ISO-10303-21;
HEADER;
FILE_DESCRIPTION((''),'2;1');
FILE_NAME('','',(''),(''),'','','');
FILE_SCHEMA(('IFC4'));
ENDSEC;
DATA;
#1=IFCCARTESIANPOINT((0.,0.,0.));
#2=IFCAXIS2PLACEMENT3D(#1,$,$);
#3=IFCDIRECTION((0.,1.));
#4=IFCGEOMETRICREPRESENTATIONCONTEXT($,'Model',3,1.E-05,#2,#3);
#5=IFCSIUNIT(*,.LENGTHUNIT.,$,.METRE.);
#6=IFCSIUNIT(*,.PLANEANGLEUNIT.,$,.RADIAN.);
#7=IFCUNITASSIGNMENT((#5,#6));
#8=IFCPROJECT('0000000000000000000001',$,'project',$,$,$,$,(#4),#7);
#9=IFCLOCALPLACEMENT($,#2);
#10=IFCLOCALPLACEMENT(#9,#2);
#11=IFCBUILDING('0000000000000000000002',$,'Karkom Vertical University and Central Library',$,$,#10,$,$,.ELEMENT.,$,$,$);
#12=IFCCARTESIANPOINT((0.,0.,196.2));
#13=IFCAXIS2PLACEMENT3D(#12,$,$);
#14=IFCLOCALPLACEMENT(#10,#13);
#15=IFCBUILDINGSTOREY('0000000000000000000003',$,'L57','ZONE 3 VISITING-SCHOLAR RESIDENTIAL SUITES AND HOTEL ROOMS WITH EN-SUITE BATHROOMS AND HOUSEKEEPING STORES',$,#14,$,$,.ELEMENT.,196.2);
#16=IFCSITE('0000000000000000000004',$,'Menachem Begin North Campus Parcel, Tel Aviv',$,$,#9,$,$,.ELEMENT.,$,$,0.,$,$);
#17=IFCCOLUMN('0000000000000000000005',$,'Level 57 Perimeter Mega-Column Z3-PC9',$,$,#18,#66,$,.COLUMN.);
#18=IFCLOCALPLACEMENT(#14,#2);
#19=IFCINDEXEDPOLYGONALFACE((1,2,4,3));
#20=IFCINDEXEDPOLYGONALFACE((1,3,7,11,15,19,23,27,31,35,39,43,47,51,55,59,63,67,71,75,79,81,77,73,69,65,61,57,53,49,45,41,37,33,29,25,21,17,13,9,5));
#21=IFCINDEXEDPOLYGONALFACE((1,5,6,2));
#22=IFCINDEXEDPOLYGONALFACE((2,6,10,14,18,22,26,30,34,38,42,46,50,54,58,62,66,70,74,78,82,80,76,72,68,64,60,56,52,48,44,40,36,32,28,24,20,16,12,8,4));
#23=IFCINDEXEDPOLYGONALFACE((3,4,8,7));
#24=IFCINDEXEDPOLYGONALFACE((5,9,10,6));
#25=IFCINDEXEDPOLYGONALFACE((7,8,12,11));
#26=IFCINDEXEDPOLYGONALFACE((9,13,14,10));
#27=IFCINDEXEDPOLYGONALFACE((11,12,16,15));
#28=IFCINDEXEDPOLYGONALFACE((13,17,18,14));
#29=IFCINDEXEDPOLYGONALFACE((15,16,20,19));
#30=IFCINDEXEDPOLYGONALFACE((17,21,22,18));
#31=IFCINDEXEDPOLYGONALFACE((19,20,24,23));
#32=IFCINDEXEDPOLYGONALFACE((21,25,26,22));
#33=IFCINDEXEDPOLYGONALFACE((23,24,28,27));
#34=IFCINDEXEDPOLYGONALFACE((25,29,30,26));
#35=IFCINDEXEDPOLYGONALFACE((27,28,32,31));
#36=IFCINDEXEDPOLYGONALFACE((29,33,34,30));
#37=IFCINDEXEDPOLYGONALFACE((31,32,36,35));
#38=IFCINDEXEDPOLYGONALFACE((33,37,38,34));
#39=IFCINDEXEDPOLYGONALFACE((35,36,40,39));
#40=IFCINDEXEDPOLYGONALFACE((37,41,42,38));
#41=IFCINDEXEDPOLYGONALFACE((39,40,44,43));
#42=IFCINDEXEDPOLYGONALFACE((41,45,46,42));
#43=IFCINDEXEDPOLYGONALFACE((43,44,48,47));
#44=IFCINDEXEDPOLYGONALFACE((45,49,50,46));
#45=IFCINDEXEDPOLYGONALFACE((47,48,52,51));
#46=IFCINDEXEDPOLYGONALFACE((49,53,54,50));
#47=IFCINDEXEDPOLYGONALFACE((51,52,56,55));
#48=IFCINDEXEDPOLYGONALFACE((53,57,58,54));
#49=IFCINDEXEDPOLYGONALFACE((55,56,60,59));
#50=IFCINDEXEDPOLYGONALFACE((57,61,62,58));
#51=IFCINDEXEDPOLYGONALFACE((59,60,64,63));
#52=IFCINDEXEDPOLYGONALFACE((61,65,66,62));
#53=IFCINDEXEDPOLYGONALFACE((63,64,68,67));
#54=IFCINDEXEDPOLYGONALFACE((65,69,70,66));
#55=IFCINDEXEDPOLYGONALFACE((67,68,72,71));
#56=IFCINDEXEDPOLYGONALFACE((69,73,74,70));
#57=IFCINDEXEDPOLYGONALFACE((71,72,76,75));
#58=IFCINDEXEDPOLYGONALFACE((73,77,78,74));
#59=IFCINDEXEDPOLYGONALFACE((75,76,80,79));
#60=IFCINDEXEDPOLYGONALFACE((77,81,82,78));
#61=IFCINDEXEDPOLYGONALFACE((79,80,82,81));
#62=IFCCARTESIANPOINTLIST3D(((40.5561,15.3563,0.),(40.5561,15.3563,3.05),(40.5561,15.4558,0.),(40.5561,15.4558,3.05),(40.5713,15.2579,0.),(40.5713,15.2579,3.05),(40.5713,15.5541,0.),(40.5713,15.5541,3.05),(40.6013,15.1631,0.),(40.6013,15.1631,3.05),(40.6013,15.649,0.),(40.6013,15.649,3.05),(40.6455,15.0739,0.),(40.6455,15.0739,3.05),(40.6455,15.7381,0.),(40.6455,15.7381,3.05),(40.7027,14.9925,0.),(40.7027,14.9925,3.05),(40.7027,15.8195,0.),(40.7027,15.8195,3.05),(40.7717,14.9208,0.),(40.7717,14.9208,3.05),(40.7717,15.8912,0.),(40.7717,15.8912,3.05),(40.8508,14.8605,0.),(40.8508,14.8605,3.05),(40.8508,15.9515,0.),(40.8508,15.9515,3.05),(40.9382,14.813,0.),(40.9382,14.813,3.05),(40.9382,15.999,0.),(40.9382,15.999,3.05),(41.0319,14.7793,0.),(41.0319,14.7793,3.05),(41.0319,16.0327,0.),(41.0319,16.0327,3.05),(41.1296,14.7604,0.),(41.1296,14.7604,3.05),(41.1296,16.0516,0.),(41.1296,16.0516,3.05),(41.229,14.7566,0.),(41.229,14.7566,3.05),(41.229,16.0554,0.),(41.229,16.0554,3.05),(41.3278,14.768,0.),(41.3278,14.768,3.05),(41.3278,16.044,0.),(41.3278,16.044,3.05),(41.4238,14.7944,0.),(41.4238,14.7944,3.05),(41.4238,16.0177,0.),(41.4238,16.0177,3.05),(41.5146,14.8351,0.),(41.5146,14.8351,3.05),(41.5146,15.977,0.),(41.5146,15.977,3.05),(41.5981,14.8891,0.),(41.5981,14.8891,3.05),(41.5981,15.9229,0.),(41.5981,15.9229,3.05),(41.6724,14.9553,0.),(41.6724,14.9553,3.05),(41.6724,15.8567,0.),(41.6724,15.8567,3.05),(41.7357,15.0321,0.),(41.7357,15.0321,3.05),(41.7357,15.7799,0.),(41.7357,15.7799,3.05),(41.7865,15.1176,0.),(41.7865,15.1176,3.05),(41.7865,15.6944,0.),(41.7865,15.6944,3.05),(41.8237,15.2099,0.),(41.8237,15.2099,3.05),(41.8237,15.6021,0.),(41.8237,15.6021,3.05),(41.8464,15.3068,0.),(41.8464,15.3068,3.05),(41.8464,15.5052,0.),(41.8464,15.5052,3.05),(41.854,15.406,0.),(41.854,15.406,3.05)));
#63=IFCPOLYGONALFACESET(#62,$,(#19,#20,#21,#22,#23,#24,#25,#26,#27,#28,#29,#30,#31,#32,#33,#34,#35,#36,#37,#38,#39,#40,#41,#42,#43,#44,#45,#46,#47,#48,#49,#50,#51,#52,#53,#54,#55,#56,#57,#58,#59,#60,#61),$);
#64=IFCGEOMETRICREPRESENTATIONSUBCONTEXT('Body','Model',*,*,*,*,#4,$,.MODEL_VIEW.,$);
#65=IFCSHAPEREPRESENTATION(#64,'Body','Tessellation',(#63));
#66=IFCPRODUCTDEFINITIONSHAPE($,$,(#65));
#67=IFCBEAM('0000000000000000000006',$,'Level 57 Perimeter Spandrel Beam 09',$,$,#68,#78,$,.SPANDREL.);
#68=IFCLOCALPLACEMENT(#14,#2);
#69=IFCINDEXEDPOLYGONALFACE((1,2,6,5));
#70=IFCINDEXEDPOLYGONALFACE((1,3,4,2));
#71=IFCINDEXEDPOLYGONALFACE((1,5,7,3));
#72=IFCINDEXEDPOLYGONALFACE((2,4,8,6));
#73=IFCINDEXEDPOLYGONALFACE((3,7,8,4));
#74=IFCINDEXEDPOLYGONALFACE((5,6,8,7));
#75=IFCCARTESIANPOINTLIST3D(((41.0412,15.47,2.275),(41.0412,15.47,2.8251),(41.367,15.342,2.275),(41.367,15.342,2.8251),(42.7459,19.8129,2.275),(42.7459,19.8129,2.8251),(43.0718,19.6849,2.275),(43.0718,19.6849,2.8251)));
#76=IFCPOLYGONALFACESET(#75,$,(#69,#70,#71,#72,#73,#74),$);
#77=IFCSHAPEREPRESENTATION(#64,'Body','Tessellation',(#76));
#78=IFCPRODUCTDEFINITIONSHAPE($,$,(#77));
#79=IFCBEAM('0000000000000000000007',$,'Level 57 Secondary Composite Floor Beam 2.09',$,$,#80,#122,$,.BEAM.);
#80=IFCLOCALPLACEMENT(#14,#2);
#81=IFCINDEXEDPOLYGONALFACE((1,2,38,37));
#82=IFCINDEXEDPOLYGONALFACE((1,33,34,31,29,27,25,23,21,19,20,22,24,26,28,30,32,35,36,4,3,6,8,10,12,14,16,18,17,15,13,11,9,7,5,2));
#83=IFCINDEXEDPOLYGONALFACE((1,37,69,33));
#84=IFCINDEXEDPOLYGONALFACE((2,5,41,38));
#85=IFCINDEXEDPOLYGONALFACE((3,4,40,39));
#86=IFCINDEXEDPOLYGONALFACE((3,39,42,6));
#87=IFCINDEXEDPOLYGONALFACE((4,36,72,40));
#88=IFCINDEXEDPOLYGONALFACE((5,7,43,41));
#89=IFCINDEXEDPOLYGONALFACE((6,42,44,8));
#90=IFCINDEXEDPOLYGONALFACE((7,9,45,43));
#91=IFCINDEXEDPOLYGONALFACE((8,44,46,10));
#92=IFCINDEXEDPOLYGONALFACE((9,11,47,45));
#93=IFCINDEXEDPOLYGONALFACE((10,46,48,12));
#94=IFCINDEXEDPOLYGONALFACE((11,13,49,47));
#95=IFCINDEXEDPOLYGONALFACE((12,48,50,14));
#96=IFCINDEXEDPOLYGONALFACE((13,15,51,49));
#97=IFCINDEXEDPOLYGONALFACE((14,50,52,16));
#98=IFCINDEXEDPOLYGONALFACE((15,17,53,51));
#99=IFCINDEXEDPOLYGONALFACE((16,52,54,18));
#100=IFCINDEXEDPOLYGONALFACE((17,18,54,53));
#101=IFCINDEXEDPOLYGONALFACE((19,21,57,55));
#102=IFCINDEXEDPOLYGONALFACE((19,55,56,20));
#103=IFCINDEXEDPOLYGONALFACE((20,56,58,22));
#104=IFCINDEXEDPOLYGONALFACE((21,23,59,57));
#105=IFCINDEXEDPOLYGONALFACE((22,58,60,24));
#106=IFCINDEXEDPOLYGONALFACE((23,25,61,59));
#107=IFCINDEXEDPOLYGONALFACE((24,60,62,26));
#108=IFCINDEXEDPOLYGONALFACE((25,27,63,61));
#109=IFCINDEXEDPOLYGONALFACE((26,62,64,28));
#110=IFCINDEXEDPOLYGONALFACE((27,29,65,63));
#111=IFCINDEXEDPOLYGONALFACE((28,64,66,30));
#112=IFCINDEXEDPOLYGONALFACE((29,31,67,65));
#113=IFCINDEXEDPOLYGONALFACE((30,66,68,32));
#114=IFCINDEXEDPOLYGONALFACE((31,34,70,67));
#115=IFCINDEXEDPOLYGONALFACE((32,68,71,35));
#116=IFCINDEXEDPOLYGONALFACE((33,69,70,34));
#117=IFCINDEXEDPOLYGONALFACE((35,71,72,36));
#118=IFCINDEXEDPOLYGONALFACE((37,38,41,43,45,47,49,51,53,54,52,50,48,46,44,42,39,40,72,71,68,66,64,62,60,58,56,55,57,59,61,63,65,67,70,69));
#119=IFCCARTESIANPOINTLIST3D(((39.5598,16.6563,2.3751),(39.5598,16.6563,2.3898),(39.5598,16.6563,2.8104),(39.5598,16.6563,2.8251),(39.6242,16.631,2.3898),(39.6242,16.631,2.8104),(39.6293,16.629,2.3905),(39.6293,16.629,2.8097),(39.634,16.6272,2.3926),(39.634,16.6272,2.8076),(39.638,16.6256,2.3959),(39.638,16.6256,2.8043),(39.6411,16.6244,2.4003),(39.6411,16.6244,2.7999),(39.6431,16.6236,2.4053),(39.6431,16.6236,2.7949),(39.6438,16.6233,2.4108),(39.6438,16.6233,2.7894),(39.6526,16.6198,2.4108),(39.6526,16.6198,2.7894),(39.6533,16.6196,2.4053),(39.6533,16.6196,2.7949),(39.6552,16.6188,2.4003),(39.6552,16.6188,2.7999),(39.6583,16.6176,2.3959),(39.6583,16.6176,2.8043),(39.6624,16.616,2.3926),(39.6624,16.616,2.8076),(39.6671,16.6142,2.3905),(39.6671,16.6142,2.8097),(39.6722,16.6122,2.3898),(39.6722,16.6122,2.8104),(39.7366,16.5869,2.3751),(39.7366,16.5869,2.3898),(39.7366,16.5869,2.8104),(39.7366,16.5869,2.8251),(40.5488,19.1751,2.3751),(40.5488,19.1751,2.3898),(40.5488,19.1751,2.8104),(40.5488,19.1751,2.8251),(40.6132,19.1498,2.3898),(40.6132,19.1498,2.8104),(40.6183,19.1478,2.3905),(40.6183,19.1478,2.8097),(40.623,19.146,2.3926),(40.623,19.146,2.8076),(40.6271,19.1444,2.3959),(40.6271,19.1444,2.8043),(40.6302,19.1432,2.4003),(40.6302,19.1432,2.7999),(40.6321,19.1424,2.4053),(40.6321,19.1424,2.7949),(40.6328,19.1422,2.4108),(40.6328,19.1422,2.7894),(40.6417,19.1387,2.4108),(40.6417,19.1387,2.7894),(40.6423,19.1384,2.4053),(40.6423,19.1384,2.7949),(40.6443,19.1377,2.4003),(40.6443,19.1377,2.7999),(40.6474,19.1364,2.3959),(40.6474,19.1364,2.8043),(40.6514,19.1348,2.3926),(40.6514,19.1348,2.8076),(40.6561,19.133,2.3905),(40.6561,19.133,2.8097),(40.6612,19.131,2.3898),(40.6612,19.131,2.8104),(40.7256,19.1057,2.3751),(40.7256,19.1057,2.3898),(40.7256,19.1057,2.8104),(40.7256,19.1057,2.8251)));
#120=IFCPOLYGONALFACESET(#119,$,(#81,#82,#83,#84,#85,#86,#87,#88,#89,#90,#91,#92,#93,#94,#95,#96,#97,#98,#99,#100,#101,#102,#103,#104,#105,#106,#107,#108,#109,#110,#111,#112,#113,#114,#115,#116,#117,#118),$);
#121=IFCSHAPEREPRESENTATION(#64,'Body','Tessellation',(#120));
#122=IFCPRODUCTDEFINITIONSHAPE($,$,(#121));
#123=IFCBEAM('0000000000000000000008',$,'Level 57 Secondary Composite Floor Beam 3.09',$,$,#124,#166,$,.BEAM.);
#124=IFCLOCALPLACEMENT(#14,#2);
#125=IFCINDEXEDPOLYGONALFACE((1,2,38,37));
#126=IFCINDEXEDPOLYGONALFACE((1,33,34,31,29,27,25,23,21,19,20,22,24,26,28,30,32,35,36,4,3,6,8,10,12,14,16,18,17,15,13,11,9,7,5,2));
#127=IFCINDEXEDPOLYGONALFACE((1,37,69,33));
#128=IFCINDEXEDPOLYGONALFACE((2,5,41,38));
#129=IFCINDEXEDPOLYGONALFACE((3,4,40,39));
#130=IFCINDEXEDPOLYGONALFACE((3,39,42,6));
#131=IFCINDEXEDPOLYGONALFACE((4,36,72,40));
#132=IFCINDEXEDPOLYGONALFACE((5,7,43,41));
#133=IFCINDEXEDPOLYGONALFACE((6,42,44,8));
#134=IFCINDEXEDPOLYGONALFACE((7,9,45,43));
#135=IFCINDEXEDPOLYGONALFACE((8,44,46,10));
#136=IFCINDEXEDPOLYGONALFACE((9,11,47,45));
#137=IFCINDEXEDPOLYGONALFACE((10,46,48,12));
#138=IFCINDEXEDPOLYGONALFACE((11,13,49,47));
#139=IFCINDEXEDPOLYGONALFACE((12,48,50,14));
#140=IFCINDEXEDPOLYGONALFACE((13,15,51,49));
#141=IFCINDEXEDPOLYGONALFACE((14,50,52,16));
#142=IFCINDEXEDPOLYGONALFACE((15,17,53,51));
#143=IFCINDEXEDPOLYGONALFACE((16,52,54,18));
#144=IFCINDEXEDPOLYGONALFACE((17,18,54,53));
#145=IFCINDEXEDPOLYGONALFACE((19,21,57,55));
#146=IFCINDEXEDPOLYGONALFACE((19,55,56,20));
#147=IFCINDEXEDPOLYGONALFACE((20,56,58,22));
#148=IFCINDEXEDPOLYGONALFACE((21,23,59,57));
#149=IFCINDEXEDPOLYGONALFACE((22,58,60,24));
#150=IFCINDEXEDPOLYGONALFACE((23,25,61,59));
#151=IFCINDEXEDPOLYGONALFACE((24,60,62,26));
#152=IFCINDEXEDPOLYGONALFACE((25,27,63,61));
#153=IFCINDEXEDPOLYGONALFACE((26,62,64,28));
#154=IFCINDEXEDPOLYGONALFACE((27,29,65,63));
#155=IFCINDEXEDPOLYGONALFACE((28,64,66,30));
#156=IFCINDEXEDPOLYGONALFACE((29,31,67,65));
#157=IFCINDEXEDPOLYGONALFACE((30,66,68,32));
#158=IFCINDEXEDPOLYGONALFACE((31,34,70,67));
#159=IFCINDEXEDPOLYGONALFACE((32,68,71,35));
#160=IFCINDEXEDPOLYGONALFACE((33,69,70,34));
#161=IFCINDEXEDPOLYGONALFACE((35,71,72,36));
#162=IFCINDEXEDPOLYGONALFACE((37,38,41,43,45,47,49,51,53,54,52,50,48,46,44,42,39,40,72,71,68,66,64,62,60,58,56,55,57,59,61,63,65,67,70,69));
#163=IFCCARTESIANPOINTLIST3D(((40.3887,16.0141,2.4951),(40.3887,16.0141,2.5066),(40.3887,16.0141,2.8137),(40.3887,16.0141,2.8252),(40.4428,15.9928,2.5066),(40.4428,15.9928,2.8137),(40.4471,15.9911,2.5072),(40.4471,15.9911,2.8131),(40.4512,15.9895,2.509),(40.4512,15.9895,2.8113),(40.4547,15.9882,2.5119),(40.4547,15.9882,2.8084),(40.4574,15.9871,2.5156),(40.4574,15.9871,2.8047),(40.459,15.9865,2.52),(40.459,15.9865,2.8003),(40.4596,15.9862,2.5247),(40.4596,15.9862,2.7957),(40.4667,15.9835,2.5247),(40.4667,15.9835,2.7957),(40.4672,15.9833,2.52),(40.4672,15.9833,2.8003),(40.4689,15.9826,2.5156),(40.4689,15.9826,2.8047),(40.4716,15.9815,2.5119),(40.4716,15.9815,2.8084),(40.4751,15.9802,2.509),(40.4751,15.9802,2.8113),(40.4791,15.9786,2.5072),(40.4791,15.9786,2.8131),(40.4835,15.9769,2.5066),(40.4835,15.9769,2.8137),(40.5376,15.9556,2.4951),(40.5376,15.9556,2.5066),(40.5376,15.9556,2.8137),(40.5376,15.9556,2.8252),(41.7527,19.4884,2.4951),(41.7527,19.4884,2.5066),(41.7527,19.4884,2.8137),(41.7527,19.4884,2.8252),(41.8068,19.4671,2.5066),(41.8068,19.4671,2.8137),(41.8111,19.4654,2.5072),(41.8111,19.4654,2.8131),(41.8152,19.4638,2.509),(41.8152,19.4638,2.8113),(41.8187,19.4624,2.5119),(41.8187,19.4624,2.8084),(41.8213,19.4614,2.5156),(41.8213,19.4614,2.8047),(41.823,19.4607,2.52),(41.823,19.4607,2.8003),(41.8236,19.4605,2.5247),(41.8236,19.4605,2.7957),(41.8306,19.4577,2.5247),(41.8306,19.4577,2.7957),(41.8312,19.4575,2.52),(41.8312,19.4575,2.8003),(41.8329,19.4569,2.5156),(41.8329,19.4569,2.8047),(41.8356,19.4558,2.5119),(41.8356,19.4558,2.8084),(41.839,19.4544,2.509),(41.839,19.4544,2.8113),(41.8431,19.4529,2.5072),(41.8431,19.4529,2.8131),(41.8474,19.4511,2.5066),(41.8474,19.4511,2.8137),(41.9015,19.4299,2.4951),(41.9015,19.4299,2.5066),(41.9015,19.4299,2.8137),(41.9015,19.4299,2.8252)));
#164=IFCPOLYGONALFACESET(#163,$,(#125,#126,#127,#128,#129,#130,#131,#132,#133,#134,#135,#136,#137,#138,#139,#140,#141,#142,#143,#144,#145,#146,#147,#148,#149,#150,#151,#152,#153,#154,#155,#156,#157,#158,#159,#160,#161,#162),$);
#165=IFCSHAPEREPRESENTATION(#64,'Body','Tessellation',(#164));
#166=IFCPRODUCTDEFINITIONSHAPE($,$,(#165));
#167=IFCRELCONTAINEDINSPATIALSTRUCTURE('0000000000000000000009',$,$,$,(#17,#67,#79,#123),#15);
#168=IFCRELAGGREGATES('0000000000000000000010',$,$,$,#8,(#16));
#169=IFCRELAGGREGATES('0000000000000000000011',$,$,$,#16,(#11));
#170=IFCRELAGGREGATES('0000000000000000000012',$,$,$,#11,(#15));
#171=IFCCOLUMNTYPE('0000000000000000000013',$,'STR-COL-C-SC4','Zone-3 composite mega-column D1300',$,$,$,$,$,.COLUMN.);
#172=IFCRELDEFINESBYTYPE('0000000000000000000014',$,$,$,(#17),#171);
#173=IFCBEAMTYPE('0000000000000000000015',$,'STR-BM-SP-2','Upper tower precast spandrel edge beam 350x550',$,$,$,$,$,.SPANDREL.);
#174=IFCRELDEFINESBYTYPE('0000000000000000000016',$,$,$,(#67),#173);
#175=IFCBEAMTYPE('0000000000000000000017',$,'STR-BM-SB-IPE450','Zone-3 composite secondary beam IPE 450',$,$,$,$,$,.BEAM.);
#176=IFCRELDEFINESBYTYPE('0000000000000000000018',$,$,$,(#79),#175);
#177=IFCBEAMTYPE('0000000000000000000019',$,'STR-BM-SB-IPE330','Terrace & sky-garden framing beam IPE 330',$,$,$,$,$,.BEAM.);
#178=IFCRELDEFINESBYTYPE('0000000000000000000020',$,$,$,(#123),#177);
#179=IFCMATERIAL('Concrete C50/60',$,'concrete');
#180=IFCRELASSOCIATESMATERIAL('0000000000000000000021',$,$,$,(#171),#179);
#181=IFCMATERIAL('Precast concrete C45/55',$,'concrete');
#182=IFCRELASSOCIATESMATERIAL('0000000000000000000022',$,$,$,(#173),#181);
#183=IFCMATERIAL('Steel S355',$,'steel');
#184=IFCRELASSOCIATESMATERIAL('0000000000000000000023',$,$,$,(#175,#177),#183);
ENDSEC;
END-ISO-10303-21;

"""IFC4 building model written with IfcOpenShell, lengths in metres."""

from ifc_helpers import new_model, si_unit, direction, frame, origin, origin_with_axes, origin_2d, place, context, subcontext, project, spatial, rectangle, circle, i_section, extrude, source, transform, mapped, material, material_profile, profile_set, type_object, element, save


model = new_model("IFC4")

# Units and contexts
model_context = context("Model", 3, precision=1e-05, world=origin(), true_north=direction((0.0, 1.0)))
body_context = subcontext(model_context, "Body", "Model", "MODEL_VIEW")
ifc_project = project(units=[si_unit("LENGTHUNIT", "METRE"), si_unit("PLANEANGLEUNIT", "RADIAN")], contexts=[model_context])

# Site, building, storey
site_placement = place(None, origin())
site = spatial("IfcSite", under=ifc_project, at=site_placement, Name="Menachem Begin North Campus Parcel, Tel Aviv", CompositionType="ELEMENT", RefElevation=0.0)
building_placement = place(site_placement, origin())
building = spatial("IfcBuilding", under=site, at=building_placement, Name="Karkom Vertical University and Central Library", CompositionType="ELEMENT")
storey_placement = place(building_placement, frame((0.0, 0.0, 196.2)))
storey = spatial("IfcBuildingStorey", under=building, at=storey_placement, Name="L57", Description="ZONE 3 VISITING-SCHOLAR RESIDENTIAL SUITES AND HOTEL ROOMS WITH EN-SUITE BATHROOMS AND HOUSEKEEPING STORES", CompositionType="ELEMENT", Elevation=196.2)

# Column
ifc_material_1 = material(Name="Concrete C50/60", Category="concrete")
ifc_material_profile_1 = material_profile(ifc_material_1, circle(Radius=0.6499, at=origin_2d()), Name="CFT-D1300")
ifc_profile_set_1 = profile_set([ifc_material_profile_1], Name="Concrete C50/60")
column_type = type_object("IfcColumnType", Name="STR-COL-C-SC4", Description="Zone-3 composite mega-column D1300", PredefinedType="COLUMN", material=ifc_profile_set_1)
shared_shape_1 = source(origin_with_axes(), body_context, "Body", "SweptSolid", [
    extrude(circle(Radius=0.6499, at=origin_2d()), origin(), (0.0, 0.0, 1.0), 3.05),
])
column_placement = place(storey_placement, frame((41.2041, 15.406, 0.0), z_axis=(0.0, 0.0, 1.0), x_axis=(1.0, 0.0, 0.0)))
element("IfcColumn", 1, at=column_placement, inside=storey, type_object=column_type, Name="Level 57 Perimeter Mega-Column Z3-PC9", PredefinedType="COLUMN", context=body_context, shape_type="MappedRepresentation", body=[
    mapped(shared_shape_1, transform((0.0, 0.0, 0.0), scale=1.0)),
])

# Beams
ifc_material_2 = material(Name="Precast concrete C45/55", Category="concrete")
ifc_material_profile_2 = material_profile(ifc_material_2, rectangle(XDim=0.3501, YDim=0.55, at=origin_2d()), Name="SPB-350x550")
ifc_profile_set_2 = profile_set([ifc_material_profile_2], Name="Precast concrete C45/55")
beam_type_1 = type_object("IfcBeamType", Name="STR-BM-SP-2", Description="Upper tower precast spandrel edge beam 350x550", PredefinedType="SPANDREL", material=ifc_profile_set_2)
shared_shape_2 = source(origin_with_axes(), body_context, "Body", "SweptSolid", [
    extrude(rectangle(XDim=0.3501, YDim=0.55, at=origin_2d()), origin(), (0.0, 0.0, 1.0), 4.6655),
])
beam_1_placement = place(storey_placement, frame((41.2041, 15.406, 2.55), z_axis=(0.365401, 0.93085, 0.0), x_axis=(-0.93085, 0.365401, 0.0)))
element("IfcBeam", 2, at=beam_1_placement, inside=storey, type_object=beam_type_1, Name="Level 57 Perimeter Spandrel Beam 09", PredefinedType="SPANDREL", context=body_context, shape_type="MappedRepresentation", body=[
    mapped(shared_shape_2, transform((0.0, 0.0, 0.0), scale=1.0)),
])
ifc_material_3 = material(Name="Steel S355", Category="steel")
ifc_material_profile_3 = material_profile(ifc_material_3, i_section(OverallWidth=0.1899, OverallDepth=0.45, WebThickness=0.0095, FlangeThickness=0.0146, FilletRadius=0.021, at=origin_2d()), Name="IPE 450")
ifc_profile_set_3 = profile_set([ifc_material_profile_3], Name="Steel S355")
beam_type_2 = type_object("IfcBeamType", Name="STR-BM-SB-IPE450", Description="Zone-3 composite secondary beam IPE 450", PredefinedType="BEAM", material=ifc_profile_set_3)
shared_shape_3 = source(origin_with_axes(), body_context, "Body", "SweptSolid", [
    extrude(i_section(OverallWidth=0.1899, OverallDepth=0.45, WebThickness=0.0095, FlangeThickness=0.0146, FilletRadius=0.021, at=origin_2d()), origin(), (0.0, 0.0, 1.0), 2.7061),
])
beam_2_placement = place(storey_placement, frame((39.6482, 16.6216, 2.6001), z_axis=(0.365488, 0.930816, 0.0), x_axis=(-0.930816, 0.365488, 0.0)))
element("IfcBeam", 3, at=beam_2_placement, inside=storey, type_object=beam_type_2, Name="Level 57 Secondary Composite Floor Beam 2.09", PredefinedType="BEAM", context=body_context, shape_type="MappedRepresentation", body=[
    mapped(shared_shape_3, transform((0.0, 0.0, 0.0), scale=1.0)),
])
ifc_material_profile_4 = material_profile(ifc_material_3, i_section(OverallWidth=0.1599, OverallDepth=0.3301, WebThickness=0.0076, FlangeThickness=0.0115, FilletRadius=0.0181, at=origin_2d()), Name="IPE 330")
ifc_profile_set_4 = profile_set([ifc_material_profile_4], Name="Steel S355")
beam_type_3 = type_object("IfcBeamType", Name="STR-BM-SB-IPE330", Description="Terrace & sky-garden framing beam IPE 330", PredefinedType="BEAM", material=ifc_profile_set_4)
shared_shape_4 = source(origin_with_axes(), body_context, "Body", "SweptSolid", [
    extrude(i_section(OverallWidth=0.1599, OverallDepth=0.3301, WebThickness=0.0076, FlangeThickness=0.0115, FilletRadius=0.0181, at=origin_2d()), origin(), (0.0, 0.0, 1.0), 3.7324),
])
beam_3_placement = place(storey_placement, frame((40.4631, 15.9849, 2.6602), z_axis=(0.36544, 0.930835, 0.0), x_axis=(-0.930835, 0.36544, 0.0)))
element("IfcBeam", 4, at=beam_3_placement, inside=storey, type_object=beam_type_3, Name="Level 57 Secondary Composite Floor Beam 3.09", PredefinedType="BEAM", context=body_context, shape_type="MappedRepresentation", body=[
    mapped(shared_shape_4, transform((0.0, 0.0, 0.0), scale=1.0)),
])

save(model, "model.ifc")
